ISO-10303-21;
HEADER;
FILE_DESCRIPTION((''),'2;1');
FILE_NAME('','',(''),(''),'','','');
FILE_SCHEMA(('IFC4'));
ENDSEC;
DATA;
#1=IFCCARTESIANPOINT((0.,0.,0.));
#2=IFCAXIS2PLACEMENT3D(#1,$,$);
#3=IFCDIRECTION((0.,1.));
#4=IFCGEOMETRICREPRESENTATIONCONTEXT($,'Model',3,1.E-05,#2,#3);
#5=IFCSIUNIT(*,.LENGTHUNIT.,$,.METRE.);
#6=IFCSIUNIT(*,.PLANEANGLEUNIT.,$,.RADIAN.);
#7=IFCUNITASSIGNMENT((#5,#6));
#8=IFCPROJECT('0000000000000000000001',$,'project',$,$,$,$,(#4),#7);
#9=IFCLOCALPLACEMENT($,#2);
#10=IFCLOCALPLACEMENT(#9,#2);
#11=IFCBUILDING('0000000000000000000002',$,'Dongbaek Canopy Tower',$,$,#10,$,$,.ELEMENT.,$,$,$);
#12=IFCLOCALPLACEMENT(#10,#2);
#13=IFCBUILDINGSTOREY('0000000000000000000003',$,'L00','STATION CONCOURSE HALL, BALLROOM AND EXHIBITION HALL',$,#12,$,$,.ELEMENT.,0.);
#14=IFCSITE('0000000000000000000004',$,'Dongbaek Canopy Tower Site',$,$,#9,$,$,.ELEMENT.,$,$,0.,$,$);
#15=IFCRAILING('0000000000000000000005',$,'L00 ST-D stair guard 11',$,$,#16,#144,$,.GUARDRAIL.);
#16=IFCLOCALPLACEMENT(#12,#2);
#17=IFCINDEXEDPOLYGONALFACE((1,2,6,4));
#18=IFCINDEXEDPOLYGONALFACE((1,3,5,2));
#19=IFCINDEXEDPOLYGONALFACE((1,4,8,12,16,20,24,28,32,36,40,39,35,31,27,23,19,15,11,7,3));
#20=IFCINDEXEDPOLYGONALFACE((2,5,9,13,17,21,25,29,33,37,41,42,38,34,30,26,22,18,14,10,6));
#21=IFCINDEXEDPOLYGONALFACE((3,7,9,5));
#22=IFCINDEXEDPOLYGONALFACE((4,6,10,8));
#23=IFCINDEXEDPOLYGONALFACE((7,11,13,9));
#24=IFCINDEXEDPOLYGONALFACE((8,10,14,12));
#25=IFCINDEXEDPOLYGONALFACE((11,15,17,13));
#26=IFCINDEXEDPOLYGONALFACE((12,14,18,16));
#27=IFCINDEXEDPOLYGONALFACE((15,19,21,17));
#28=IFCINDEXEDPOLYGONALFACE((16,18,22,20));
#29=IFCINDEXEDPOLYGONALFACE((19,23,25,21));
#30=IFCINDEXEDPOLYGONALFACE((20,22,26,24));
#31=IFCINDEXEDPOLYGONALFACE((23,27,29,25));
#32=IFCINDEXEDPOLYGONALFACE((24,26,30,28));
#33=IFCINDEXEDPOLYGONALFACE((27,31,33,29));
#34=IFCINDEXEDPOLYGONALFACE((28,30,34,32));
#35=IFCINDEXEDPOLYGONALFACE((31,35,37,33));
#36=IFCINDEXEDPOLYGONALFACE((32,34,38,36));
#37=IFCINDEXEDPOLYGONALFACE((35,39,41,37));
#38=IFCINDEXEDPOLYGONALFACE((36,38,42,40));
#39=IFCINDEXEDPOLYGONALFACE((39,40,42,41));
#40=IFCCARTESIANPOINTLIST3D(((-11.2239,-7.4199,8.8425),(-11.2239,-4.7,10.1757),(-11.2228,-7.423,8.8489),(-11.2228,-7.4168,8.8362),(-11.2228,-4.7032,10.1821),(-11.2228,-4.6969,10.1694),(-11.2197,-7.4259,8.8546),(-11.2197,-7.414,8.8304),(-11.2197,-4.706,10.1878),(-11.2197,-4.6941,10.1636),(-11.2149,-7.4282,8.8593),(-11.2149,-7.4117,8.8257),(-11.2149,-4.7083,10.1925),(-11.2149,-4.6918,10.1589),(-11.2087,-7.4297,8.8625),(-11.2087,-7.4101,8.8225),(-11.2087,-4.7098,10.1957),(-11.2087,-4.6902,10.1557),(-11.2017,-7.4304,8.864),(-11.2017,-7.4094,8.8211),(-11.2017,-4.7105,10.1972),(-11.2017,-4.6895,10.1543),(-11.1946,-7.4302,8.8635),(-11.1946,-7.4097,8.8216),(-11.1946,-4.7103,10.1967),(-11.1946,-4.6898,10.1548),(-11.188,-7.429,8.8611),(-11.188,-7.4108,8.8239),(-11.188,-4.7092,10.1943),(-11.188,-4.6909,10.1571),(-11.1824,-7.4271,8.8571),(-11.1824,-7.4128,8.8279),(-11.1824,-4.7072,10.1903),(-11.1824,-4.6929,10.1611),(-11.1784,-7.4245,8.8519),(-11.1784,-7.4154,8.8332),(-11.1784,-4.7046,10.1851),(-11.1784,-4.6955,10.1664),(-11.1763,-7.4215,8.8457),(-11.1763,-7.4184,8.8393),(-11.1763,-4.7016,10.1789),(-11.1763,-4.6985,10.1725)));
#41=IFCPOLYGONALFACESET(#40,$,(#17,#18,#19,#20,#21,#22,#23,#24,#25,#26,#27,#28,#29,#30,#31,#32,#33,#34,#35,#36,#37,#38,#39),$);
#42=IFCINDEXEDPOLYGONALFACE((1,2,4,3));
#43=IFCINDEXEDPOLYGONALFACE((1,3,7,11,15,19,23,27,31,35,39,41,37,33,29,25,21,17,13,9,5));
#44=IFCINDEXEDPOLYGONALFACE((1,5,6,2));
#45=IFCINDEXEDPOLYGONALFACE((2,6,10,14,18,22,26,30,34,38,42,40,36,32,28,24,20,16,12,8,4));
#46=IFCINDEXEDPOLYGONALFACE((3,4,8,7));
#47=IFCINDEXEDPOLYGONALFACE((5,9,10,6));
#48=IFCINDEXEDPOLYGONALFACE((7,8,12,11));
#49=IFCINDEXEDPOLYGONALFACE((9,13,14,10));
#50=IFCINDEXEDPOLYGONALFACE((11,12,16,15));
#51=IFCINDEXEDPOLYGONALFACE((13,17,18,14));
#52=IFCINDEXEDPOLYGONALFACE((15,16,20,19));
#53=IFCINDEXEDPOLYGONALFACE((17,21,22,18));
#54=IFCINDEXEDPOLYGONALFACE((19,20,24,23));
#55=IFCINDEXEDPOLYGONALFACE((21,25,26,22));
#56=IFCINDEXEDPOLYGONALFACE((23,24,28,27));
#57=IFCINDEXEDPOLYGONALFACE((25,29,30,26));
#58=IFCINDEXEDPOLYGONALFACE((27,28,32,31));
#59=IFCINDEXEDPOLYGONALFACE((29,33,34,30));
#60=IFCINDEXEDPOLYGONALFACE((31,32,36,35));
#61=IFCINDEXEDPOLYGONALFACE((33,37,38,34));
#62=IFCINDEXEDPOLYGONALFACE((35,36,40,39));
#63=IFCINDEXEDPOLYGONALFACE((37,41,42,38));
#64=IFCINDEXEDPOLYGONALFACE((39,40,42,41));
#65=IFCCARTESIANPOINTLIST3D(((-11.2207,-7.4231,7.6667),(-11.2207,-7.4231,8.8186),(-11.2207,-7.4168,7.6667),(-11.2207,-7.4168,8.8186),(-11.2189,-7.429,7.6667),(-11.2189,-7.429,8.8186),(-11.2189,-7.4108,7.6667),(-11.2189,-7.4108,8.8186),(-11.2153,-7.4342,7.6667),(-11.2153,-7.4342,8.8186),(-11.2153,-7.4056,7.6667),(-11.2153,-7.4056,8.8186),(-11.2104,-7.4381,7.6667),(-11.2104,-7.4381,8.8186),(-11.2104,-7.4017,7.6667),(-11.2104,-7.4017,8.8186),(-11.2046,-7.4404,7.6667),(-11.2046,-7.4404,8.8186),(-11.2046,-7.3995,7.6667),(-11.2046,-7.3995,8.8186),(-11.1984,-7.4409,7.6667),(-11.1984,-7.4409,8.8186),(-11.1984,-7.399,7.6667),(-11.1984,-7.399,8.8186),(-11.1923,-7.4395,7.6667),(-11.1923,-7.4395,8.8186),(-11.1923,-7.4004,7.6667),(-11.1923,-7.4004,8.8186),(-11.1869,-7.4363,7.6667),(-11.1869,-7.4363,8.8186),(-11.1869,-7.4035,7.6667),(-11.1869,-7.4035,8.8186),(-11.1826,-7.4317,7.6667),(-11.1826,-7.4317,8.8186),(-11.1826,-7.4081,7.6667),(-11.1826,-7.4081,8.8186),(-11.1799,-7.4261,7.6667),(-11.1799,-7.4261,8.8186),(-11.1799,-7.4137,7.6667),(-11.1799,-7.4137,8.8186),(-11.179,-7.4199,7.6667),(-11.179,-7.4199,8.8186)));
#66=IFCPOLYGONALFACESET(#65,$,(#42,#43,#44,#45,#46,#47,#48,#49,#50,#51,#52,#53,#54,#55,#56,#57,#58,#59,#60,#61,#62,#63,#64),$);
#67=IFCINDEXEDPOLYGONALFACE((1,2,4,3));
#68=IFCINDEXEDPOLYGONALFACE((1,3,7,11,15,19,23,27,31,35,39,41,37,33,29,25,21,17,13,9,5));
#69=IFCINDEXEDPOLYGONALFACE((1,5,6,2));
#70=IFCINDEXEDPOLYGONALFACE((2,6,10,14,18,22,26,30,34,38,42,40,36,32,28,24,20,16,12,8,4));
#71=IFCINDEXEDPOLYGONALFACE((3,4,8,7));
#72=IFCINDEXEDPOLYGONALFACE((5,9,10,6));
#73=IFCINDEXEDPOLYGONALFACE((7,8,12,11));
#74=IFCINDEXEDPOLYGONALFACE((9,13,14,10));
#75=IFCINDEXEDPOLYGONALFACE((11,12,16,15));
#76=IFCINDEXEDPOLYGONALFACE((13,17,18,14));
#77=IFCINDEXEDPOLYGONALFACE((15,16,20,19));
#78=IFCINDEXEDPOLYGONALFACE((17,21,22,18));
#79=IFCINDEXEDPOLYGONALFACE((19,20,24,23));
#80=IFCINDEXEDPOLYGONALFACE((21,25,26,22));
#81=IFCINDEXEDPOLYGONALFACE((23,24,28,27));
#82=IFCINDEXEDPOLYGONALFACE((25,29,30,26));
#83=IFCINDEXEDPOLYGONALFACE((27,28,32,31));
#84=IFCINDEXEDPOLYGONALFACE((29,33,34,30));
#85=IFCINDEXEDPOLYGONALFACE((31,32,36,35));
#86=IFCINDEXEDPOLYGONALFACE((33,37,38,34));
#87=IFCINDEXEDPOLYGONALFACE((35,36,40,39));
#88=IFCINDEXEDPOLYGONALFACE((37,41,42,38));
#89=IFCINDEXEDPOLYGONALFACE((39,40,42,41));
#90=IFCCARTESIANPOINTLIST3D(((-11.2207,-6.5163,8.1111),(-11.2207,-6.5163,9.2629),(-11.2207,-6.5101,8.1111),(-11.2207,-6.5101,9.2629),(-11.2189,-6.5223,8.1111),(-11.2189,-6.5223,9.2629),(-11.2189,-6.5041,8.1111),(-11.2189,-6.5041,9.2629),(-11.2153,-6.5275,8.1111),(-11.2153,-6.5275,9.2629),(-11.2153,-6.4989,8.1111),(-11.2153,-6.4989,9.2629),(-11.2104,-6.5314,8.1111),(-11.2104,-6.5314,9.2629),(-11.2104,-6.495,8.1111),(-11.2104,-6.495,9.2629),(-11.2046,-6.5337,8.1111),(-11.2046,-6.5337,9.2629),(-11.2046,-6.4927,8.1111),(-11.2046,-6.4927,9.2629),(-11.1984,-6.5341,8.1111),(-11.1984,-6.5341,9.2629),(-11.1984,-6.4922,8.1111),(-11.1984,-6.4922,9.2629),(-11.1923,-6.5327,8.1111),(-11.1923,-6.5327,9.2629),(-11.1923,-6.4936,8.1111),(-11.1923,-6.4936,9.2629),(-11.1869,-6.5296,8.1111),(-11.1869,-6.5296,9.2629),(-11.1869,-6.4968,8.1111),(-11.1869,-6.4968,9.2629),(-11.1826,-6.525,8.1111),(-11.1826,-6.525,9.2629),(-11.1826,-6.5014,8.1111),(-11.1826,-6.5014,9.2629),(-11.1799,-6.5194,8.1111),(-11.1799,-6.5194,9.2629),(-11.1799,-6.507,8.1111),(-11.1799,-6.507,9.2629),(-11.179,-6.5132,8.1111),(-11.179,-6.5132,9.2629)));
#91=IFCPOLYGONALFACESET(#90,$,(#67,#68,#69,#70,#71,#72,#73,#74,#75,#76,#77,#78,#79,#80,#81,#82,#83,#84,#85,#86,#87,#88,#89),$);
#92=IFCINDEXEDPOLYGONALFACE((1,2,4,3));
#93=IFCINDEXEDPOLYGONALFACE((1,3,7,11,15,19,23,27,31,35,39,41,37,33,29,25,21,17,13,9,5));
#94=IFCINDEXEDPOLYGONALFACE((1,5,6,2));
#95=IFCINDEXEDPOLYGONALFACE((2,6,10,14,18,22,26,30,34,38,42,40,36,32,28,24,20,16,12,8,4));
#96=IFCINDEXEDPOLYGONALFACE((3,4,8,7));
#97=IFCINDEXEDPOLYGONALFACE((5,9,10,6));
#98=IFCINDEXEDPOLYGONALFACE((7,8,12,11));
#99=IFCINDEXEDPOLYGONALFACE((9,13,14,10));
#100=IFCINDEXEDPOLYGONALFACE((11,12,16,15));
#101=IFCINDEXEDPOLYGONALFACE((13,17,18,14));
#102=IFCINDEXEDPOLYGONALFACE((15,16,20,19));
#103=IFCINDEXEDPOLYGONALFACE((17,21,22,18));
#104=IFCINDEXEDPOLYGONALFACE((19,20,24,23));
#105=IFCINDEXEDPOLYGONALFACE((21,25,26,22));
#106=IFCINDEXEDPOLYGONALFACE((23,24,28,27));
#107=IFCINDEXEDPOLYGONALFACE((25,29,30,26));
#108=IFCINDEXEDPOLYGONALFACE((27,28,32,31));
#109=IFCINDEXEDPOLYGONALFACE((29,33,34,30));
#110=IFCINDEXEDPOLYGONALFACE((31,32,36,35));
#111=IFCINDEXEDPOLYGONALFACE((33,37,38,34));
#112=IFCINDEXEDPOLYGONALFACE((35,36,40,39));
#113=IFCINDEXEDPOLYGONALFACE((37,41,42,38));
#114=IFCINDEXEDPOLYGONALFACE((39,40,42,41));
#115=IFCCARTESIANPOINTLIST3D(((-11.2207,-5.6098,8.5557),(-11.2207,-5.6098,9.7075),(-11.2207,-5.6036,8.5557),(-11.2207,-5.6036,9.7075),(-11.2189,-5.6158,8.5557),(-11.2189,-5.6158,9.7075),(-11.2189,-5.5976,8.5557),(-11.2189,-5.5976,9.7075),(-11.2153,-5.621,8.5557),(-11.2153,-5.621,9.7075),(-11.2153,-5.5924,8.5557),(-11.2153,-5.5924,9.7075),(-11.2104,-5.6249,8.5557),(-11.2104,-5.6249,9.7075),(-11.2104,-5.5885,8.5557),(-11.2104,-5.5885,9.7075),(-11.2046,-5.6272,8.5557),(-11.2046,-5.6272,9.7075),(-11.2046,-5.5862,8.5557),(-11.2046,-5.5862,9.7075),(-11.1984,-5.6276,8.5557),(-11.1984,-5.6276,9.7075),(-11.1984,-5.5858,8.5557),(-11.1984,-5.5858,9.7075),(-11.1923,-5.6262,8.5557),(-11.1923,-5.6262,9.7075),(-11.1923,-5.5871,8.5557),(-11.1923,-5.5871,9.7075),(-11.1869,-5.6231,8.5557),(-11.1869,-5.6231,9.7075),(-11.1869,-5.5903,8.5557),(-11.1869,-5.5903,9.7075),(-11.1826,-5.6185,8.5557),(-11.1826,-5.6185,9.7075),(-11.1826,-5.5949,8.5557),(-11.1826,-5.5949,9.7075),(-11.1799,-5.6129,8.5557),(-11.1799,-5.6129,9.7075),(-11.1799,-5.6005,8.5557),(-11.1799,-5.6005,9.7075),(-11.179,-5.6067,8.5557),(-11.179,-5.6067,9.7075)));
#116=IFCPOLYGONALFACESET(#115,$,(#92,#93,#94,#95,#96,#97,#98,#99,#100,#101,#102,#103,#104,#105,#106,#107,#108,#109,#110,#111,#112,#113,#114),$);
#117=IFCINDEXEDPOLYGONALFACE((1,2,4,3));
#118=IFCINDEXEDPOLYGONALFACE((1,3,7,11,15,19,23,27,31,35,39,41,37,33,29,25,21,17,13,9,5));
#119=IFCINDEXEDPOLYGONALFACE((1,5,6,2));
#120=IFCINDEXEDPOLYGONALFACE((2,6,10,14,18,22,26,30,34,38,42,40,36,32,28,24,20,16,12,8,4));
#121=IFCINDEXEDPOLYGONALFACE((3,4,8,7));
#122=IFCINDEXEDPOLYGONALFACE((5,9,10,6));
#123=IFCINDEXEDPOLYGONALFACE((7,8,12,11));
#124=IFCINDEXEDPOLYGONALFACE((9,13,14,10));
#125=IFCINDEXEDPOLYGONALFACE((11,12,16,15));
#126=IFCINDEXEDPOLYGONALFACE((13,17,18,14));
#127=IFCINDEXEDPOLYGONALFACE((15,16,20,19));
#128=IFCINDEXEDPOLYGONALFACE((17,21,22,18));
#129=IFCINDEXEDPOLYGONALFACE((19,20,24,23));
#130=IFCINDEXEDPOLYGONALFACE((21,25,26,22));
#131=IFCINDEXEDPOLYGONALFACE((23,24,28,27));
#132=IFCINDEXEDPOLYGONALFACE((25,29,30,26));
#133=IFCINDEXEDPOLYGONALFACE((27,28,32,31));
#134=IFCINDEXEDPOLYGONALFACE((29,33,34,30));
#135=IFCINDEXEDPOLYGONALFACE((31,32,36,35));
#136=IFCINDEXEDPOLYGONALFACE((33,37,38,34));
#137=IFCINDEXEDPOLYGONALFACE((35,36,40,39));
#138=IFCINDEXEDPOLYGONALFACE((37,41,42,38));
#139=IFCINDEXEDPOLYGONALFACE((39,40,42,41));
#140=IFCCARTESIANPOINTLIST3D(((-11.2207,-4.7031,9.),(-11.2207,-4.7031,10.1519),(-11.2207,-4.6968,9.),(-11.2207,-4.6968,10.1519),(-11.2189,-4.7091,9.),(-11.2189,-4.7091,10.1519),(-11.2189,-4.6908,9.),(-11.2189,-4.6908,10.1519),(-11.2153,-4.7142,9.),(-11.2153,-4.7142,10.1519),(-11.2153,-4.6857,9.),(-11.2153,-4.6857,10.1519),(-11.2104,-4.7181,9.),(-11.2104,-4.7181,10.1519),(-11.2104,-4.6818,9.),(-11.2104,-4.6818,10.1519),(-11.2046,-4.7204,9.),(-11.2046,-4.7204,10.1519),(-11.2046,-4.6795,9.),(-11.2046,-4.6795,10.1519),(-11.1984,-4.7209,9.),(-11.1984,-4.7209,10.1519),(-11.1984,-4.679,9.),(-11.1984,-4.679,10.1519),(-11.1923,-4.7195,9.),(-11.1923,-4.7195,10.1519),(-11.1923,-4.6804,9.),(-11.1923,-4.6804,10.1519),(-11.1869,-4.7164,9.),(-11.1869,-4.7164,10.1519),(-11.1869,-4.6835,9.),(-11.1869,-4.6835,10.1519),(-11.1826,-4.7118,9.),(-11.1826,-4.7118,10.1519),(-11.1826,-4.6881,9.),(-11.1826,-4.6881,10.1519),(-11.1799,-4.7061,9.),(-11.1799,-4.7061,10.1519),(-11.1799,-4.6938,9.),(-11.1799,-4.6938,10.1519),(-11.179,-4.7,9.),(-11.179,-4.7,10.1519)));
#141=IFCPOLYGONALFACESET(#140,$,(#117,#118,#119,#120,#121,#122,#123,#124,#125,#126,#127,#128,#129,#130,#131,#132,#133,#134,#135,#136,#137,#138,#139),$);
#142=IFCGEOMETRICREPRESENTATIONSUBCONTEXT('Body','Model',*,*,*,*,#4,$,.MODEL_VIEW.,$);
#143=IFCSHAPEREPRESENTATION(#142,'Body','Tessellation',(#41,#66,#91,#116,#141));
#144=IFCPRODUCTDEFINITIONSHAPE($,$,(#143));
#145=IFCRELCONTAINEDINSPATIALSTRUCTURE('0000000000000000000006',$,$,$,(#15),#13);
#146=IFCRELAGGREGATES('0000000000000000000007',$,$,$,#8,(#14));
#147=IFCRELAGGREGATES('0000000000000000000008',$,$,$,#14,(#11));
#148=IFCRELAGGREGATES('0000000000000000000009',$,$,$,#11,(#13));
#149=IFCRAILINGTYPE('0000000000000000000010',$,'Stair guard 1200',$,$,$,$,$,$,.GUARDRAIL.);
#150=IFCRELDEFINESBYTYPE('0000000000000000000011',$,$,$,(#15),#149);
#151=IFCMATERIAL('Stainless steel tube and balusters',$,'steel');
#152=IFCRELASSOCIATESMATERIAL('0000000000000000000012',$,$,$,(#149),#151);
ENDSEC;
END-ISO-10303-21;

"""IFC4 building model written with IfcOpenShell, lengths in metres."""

from ifc_helpers import new_model, si_unit, direction, frame, origin, origin_2d, place, context, subcontext, project, spatial, circle, extrude, material, type_object, element, save


model = new_model("IFC4")

# Units and contexts
model_context = context("Model", 3, precision=1e-05, world=origin(), true_north=direction((0.0, 1.0)))
body_context = subcontext(model_context, "Body", "Model", "MODEL_VIEW")
ifc_project = project(units=[si_unit("LENGTHUNIT", "METRE"), si_unit("PLANEANGLEUNIT", "RADIAN")], contexts=[model_context])

# Site, building, storey
site_placement = place(None, origin())
site = spatial("IfcSite", under=ifc_project, at=site_placement, Name="Dongbaek Canopy Tower Site", CompositionType="ELEMENT", RefElevation=0.0)
building_placement = place(site_placement, origin())
building = spatial("IfcBuilding", under=site, at=building_placement, Name="Dongbaek Canopy Tower", CompositionType="ELEMENT")
storey_placement = place(building_placement, origin())
storey = spatial("IfcBuildingStorey", under=building, at=storey_placement, Name="L00", Description="STATION CONCOURSE HALL, BALLROOM AND EXHIBITION HALL", CompositionType="ELEMENT", Elevation=0.0)

# Railing
ifc_material_1 = material(Name="Stainless steel tube and balusters", Category="steel")
railing_type_1 = type_object("IfcRailingType", Name="Stair guard 1200", PredefinedType="GUARDRAIL", material=ifc_material_1)
railing_1_placement = place(storey_placement, frame((-11.2, -7.4199, 7.6667)))
element("IfcRailing", 1, at=railing_1_placement, inside=storey, type_object=railing_type_1, Name="L00 ST-D stair guard 11", PredefinedType="GUARDRAIL", context=body_context, shape_type="SweptSolid", body=[
    extrude(circle(Radius=0.0239, at=origin_2d()), frame((0.0, 0.0, 1.1758), z_axis=(0.0, 0.897929, 0.440139), x_axis=(-1.0, 0.0, 0.0)), (0.0, 0.0, 1.0), 3.0291),
    extrude(circle(Radius=0.021, at=origin_2d()), origin(), (0.0, 0.0, 1.0), 1.1519),
    extrude(circle(Radius=0.021, at=origin_2d()), frame((0.0, 0.9067, 0.4443)), (0.0, 0.0, 1.0), 1.1519),
    extrude(circle(Radius=0.021, at=origin_2d()), frame((0.0, 1.8132, 0.8889)), (0.0, 0.0, 1.0), 1.1519),
    extrude(circle(Radius=0.021, at=origin_2d()), frame((0.0, 2.72, 1.3333)), (0.0, 0.0, 1.0), 1.1519),
])

save(model, "model.ifc")
